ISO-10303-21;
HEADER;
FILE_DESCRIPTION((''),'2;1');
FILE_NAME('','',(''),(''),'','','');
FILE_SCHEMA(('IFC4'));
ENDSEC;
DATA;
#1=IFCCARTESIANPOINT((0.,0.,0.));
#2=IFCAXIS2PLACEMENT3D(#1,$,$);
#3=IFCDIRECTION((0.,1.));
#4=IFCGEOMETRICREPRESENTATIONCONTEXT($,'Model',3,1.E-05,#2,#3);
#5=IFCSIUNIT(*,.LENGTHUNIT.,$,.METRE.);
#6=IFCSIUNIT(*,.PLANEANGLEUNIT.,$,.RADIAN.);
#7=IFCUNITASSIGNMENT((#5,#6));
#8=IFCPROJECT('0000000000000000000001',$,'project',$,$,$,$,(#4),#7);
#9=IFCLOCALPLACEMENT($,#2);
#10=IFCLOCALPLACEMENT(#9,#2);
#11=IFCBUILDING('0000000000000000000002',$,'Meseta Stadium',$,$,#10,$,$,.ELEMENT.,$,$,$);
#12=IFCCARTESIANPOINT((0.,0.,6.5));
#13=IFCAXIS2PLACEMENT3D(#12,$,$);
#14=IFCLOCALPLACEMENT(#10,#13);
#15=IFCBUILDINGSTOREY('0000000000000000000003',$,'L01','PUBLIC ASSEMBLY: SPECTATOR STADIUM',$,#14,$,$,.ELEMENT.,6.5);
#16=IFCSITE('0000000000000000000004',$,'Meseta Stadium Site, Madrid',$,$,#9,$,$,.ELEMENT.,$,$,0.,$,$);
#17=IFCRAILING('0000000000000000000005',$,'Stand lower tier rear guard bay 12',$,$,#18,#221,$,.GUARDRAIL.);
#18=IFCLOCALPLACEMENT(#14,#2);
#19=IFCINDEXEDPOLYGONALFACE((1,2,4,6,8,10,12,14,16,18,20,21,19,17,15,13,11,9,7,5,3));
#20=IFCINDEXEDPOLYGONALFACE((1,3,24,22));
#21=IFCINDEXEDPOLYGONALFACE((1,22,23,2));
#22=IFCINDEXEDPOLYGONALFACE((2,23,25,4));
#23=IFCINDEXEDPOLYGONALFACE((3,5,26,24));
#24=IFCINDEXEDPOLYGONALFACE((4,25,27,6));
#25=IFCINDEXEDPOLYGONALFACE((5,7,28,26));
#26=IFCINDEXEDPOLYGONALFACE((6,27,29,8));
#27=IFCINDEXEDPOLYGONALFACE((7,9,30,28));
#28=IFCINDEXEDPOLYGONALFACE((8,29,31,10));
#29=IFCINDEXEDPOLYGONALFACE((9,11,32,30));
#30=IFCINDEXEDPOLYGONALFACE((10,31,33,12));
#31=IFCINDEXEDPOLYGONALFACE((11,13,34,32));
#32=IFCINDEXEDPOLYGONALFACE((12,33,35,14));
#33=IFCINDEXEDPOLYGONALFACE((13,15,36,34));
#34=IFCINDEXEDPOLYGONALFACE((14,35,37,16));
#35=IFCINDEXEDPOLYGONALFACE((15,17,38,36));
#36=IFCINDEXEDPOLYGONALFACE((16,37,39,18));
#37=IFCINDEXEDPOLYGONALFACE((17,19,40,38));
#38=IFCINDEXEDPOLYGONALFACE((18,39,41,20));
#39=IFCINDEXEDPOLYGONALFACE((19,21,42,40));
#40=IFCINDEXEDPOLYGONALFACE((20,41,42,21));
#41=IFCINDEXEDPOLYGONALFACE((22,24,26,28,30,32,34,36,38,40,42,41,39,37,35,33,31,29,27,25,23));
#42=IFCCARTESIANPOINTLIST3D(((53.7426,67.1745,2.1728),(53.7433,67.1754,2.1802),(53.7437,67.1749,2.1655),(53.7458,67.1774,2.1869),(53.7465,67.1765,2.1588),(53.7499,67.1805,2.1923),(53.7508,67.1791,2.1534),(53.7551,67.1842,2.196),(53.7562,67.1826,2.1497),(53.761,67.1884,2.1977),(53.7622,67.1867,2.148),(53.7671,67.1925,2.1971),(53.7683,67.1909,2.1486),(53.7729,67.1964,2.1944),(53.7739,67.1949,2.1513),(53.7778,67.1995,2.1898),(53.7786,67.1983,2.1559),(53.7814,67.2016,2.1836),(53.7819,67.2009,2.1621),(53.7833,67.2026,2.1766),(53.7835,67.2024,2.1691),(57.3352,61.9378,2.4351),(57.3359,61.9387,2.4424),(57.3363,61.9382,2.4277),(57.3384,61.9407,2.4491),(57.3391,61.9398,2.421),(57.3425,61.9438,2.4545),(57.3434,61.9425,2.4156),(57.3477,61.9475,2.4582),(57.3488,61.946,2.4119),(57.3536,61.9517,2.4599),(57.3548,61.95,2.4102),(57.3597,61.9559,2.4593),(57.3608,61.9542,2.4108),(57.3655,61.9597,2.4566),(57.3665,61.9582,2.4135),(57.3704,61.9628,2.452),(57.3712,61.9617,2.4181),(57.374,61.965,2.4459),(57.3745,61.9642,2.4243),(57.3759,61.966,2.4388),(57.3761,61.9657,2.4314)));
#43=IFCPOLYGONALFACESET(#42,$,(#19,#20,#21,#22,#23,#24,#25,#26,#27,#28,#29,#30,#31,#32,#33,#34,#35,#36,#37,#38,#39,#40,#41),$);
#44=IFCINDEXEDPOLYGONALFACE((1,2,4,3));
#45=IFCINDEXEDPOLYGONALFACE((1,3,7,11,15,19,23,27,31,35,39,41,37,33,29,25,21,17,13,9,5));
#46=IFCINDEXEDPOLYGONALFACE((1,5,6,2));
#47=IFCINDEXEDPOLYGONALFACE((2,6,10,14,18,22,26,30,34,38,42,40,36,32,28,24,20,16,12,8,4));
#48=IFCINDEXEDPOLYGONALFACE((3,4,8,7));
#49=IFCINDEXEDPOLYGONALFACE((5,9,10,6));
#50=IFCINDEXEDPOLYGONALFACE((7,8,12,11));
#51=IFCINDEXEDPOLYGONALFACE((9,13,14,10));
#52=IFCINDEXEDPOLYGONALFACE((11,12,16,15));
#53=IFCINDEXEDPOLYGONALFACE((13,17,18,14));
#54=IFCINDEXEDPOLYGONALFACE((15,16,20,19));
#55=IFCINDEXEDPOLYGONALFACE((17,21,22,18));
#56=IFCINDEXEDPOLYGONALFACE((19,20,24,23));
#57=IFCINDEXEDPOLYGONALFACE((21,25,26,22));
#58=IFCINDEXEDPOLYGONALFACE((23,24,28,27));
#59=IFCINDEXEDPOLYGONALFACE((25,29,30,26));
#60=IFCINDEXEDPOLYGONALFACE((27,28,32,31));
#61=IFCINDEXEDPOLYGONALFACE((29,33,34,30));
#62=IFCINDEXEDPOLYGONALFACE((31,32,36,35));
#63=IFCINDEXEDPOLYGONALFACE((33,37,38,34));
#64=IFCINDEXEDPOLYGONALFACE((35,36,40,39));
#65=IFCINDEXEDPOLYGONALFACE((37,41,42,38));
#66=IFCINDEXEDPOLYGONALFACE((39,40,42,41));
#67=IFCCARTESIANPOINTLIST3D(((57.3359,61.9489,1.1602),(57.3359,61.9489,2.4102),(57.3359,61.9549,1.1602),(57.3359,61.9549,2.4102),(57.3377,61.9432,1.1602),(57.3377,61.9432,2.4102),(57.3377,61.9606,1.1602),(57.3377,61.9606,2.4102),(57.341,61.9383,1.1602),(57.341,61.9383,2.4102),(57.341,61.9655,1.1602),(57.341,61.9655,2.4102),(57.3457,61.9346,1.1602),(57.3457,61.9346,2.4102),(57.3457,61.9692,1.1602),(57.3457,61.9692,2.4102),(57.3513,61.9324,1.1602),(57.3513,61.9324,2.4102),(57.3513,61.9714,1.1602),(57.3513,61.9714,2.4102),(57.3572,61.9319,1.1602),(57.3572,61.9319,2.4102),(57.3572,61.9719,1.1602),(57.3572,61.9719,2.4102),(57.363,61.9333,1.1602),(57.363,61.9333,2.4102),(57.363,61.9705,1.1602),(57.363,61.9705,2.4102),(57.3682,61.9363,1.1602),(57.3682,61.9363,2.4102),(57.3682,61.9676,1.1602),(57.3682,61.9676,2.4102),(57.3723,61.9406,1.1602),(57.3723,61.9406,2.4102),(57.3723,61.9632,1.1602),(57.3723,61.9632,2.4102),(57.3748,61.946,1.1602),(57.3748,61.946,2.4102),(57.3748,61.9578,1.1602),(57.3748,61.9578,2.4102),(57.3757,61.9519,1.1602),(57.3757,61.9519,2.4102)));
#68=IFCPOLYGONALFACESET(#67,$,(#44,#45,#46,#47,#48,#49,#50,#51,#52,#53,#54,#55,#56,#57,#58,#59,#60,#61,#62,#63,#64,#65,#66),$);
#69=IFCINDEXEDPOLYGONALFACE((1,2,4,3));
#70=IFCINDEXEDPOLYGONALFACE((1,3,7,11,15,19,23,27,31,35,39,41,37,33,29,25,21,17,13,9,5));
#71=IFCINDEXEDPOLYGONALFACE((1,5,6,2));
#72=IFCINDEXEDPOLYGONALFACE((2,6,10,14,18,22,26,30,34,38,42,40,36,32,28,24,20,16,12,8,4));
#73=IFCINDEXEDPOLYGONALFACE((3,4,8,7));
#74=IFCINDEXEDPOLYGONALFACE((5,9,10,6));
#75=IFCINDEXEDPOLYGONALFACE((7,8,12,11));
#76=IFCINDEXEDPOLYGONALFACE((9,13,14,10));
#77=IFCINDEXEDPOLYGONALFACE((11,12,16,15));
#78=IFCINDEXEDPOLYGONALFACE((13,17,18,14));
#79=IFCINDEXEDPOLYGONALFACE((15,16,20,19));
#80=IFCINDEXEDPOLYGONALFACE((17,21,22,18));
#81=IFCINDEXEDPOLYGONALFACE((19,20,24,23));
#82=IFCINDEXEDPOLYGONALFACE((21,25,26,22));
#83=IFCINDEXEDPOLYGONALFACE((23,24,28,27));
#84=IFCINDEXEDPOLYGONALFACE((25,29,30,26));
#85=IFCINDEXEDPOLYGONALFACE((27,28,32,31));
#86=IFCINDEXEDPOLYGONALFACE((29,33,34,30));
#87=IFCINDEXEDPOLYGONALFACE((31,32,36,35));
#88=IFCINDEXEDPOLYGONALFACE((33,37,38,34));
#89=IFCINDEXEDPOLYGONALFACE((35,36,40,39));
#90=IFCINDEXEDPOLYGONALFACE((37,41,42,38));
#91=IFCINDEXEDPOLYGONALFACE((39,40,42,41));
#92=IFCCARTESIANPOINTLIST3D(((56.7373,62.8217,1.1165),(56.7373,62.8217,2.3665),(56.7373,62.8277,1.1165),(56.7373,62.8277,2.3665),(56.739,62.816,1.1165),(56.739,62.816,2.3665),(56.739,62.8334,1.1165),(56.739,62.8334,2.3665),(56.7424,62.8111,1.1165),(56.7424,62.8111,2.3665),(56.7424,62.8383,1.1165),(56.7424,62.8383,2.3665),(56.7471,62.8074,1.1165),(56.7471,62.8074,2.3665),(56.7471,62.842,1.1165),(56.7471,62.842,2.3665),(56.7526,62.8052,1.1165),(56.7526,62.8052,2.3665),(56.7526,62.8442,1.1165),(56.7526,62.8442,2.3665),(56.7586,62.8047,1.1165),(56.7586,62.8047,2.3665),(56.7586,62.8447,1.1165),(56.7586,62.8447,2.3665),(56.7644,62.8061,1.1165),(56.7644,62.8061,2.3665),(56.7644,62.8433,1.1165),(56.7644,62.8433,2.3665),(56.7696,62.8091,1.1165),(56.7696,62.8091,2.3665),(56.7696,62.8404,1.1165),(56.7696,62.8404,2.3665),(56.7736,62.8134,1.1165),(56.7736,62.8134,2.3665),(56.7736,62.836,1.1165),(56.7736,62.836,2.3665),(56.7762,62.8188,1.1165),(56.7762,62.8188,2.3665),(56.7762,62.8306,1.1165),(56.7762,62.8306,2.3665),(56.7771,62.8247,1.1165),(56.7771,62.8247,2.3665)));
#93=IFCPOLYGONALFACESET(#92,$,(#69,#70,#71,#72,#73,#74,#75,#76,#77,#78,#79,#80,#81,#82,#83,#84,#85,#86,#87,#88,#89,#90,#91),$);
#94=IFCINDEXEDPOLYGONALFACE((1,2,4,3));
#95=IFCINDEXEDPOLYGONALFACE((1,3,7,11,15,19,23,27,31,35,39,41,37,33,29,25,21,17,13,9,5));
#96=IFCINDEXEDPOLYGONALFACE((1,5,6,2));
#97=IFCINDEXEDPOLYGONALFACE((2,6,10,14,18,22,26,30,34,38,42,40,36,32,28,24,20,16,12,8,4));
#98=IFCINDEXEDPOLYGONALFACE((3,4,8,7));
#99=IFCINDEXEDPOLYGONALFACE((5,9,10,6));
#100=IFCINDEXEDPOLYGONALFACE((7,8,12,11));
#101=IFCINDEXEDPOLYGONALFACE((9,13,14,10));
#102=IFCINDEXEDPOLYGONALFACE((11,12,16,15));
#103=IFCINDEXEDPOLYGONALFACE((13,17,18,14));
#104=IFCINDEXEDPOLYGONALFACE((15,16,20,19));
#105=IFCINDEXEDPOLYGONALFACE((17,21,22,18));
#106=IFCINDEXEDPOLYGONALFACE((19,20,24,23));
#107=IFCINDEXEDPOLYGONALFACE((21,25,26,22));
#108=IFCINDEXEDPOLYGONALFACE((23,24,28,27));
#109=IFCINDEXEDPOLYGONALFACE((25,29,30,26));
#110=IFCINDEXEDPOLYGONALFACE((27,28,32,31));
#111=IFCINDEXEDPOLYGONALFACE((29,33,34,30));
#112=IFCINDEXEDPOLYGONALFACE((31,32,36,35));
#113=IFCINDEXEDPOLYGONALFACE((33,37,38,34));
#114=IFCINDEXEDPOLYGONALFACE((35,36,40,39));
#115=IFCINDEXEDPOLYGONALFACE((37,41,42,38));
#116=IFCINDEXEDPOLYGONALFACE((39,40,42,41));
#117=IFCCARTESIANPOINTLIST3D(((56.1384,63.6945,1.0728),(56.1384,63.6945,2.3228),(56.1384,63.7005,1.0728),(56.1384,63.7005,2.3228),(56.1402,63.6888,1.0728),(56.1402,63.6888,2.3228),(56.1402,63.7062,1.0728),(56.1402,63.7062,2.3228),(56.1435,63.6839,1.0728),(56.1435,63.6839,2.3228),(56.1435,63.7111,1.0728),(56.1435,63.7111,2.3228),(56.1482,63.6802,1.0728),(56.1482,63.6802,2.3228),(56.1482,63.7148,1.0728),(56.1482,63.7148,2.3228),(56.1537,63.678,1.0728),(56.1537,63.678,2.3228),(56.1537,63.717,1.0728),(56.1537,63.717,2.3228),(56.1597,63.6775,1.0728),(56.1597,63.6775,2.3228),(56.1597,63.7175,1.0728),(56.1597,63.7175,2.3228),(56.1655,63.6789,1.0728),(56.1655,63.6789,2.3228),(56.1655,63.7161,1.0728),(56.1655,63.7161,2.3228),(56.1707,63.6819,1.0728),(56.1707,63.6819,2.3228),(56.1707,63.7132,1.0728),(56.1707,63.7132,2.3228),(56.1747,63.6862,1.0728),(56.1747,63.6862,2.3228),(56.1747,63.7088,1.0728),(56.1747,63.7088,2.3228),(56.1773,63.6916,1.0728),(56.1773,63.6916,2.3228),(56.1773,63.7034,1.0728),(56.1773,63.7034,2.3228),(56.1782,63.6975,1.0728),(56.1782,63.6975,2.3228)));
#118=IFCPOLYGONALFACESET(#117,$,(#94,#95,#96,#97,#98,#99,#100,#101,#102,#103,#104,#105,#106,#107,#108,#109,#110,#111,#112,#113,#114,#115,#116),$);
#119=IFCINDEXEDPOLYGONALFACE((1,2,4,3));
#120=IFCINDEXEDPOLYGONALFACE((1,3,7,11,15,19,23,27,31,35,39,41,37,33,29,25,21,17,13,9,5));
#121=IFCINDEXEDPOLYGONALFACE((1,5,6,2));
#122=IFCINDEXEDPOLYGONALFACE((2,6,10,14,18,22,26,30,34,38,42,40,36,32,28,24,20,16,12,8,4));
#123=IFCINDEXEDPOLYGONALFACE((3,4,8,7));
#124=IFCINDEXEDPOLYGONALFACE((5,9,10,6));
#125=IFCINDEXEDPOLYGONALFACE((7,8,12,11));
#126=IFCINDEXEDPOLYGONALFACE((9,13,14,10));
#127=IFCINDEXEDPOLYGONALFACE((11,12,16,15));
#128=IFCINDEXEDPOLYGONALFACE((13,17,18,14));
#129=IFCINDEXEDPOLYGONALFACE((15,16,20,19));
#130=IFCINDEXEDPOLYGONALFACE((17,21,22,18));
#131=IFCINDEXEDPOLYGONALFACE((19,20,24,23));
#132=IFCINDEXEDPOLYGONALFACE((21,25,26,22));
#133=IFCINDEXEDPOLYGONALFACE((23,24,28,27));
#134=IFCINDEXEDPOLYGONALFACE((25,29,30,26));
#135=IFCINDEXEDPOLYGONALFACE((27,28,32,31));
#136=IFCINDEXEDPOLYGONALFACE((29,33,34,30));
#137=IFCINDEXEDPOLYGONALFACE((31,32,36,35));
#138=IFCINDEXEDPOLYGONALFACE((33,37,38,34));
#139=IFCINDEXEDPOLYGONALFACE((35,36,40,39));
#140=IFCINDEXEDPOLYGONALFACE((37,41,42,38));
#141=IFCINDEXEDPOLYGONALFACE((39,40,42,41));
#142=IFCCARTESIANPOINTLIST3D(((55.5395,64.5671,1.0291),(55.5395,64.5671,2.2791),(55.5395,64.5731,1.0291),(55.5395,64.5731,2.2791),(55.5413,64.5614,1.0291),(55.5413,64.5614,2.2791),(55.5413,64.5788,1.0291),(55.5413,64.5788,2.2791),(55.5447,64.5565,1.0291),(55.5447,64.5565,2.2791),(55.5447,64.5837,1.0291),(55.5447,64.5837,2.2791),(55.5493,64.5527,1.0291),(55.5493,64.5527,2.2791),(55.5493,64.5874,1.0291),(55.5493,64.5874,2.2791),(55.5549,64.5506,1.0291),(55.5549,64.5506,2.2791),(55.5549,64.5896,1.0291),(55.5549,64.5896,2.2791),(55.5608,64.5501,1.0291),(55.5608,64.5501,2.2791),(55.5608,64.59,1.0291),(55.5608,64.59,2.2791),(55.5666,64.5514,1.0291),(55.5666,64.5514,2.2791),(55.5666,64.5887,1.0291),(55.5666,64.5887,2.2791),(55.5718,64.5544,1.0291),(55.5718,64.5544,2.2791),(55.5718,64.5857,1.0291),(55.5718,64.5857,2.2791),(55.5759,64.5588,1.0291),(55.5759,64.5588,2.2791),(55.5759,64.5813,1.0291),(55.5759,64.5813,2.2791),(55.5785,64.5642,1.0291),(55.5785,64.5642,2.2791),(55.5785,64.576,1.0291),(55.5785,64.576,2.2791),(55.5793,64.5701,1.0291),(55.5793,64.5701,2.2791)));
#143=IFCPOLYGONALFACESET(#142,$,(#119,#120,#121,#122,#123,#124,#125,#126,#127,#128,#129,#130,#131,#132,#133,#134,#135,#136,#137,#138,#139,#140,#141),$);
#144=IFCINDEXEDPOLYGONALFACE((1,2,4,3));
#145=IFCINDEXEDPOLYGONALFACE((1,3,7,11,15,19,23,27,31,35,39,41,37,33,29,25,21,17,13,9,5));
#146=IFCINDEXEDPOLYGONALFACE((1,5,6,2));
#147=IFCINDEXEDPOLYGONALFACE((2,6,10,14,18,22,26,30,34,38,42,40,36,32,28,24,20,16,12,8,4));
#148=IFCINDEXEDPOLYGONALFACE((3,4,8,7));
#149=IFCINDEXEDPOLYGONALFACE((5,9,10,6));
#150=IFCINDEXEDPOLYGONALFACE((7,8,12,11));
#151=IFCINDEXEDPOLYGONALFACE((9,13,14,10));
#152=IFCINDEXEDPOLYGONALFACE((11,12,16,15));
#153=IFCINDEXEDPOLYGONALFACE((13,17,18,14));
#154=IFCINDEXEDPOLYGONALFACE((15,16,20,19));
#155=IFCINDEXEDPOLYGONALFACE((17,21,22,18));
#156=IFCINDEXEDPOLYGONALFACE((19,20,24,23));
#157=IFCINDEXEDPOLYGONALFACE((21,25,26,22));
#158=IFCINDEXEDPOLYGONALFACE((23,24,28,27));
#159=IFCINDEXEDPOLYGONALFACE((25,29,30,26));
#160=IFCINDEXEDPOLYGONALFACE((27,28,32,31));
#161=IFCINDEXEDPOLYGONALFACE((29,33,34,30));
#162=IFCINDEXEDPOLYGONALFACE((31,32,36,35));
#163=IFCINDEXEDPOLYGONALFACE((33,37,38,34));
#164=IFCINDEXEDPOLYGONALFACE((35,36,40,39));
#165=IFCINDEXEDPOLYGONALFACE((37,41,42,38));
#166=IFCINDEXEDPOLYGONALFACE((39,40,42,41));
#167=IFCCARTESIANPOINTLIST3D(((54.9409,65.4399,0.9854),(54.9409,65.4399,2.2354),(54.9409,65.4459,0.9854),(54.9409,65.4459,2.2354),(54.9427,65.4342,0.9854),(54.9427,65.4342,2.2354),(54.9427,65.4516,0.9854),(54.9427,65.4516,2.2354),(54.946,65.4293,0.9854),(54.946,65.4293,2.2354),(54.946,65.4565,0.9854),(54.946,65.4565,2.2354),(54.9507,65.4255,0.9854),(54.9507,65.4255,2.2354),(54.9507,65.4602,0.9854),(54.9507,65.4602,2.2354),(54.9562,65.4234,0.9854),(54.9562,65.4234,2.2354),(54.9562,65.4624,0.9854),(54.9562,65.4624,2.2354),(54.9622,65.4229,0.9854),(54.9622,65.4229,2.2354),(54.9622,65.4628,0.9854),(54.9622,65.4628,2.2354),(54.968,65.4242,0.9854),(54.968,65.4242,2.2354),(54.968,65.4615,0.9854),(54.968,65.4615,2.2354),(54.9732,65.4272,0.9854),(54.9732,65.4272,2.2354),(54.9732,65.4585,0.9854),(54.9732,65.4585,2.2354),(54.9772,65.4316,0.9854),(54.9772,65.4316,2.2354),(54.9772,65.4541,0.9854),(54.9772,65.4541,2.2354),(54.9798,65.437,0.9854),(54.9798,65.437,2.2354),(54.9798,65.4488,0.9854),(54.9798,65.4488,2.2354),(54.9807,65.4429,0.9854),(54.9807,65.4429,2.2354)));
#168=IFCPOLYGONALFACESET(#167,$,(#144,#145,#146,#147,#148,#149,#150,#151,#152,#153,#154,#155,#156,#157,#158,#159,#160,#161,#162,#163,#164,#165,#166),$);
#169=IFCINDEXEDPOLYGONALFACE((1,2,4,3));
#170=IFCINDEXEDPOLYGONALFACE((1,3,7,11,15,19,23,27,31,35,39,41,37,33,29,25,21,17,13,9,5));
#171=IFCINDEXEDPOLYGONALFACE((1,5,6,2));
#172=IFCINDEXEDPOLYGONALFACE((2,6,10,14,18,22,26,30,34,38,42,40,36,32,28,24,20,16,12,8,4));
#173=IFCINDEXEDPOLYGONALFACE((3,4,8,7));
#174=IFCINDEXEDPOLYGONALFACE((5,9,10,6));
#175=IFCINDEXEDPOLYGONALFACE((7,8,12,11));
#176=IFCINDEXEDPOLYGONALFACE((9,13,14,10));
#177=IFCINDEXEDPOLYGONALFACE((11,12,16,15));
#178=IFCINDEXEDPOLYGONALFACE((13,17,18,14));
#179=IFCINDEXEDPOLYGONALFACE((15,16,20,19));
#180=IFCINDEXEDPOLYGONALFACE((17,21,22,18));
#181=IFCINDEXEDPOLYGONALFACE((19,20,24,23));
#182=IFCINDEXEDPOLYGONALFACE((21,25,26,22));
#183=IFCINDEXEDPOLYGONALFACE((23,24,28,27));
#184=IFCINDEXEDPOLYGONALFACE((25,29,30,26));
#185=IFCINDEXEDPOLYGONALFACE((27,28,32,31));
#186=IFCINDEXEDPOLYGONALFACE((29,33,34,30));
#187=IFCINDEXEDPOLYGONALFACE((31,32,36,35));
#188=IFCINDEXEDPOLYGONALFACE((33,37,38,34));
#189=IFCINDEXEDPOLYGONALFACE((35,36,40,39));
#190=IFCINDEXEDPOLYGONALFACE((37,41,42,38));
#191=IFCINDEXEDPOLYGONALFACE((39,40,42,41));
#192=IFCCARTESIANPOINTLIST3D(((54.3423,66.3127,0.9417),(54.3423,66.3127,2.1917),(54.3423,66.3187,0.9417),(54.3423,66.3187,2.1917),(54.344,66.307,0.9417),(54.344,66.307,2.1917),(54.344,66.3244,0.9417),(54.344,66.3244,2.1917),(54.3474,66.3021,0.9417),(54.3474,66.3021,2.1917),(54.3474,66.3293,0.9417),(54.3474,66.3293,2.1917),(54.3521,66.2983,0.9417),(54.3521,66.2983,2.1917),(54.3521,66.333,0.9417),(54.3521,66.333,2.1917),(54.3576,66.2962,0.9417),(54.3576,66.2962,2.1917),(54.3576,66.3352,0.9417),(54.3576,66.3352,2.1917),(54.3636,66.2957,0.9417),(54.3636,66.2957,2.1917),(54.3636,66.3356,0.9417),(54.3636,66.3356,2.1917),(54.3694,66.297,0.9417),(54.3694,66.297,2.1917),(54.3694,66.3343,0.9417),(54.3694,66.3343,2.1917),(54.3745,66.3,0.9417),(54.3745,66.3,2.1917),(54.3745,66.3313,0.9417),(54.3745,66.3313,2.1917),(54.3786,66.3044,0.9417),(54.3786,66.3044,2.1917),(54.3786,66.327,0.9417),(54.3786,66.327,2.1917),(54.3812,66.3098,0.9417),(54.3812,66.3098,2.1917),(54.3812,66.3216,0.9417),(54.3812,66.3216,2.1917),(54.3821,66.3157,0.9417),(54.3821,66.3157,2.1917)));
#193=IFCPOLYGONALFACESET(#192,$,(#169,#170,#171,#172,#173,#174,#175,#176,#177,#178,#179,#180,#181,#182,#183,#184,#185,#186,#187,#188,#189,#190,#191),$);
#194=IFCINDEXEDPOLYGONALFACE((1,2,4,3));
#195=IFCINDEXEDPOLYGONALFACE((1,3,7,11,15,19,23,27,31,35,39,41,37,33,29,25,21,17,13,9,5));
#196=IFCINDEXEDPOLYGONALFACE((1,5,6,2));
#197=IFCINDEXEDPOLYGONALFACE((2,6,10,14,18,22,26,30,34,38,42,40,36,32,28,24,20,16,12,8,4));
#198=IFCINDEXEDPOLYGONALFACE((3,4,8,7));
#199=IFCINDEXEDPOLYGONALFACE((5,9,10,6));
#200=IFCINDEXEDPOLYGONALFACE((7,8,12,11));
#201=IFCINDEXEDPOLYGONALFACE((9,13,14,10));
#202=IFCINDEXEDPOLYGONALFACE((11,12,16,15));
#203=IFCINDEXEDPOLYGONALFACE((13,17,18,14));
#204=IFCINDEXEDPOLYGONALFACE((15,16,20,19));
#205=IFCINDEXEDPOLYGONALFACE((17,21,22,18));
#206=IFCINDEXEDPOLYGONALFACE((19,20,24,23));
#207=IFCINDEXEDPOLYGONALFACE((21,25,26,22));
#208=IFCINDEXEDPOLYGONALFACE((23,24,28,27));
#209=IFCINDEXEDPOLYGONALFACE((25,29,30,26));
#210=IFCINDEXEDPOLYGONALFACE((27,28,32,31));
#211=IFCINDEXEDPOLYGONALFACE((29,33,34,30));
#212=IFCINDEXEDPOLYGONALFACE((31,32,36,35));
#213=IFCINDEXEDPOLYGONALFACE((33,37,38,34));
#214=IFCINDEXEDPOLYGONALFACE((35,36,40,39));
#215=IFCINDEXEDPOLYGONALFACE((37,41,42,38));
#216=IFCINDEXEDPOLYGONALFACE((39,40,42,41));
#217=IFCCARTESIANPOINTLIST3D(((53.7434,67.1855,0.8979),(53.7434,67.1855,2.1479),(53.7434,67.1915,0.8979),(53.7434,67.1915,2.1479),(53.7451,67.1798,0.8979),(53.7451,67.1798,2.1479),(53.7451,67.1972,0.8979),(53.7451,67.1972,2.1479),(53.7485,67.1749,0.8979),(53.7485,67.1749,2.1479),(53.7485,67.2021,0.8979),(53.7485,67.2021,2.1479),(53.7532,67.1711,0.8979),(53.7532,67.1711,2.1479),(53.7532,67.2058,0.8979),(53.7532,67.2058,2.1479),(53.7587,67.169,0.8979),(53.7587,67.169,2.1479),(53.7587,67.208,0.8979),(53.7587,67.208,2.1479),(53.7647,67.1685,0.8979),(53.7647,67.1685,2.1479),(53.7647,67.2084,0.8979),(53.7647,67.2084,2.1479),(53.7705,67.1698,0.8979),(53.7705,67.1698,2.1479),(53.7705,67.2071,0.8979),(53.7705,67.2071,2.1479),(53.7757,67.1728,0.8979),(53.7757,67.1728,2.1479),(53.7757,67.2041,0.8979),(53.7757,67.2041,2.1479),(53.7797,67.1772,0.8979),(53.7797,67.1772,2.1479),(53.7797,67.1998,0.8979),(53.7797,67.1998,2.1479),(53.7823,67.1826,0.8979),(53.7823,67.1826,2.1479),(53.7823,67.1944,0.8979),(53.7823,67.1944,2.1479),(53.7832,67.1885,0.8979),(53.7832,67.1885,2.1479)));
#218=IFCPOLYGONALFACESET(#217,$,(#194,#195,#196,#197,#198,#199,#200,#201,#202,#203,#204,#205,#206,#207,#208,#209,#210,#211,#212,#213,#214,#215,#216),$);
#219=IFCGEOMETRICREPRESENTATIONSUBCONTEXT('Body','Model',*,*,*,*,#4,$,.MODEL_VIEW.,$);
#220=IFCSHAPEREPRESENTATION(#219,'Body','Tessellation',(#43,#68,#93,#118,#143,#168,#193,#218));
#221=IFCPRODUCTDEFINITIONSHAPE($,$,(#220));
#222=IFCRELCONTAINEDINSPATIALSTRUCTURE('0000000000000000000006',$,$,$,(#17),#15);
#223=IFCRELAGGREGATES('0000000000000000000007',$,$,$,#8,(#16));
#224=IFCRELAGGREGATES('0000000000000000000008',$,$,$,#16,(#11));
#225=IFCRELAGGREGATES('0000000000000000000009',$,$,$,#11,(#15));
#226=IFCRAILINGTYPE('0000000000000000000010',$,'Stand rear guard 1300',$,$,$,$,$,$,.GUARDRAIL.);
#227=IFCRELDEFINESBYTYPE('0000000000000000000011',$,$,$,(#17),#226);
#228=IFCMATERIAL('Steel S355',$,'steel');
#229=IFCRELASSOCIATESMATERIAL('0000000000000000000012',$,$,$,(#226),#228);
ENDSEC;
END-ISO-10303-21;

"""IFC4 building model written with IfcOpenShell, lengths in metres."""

from ifc_helpers import new_model, si_unit, direction, frame, origin, origin_2d, place, context, subcontext, project, spatial, circle, extrude, material, type_object, element, save


model = new_model("IFC4")

# Units and contexts
model_context = context("Model", 3, precision=1e-05, world=origin(), true_north=direction((0.0, 1.0)))
body_context = subcontext(model_context, "Body", "Model", "MODEL_VIEW")
ifc_project = project(units=[si_unit("LENGTHUNIT", "METRE"), si_unit("PLANEANGLEUNIT", "RADIAN")], contexts=[model_context])

# Site, building, storey
site_placement = place(None, origin())
site = spatial("IfcSite", under=ifc_project, at=site_placement, Name="Meseta Stadium Site, Madrid", CompositionType="ELEMENT", RefElevation=0.0)
building_placement = place(site_placement, origin())
building = spatial("IfcBuilding", under=site, at=building_placement, Name="Meseta Stadium", CompositionType="ELEMENT")
storey_placement = place(building_placement, frame((0.0, 0.0, 6.5)))
storey = spatial("IfcBuildingStorey", under=building, at=storey_placement, Name="L01", Description="PUBLIC ASSEMBLY: SPECTATOR STADIUM", CompositionType="ELEMENT", Elevation=6.5)

# Railing
ifc_material_1 = material(Name="Steel S355", Category="steel")
railing_type = type_object("IfcRailingType", Name="Stand rear guard 1300", PredefinedType="GUARDRAIL", material=ifc_material_1)
railing_placement = place(storey_placement, frame((57.3557, 61.9519, 1.1602)))
element("IfcRailing", 1, at=railing_placement, inside=storey, type_object=railing_type, Name="Stand lower tier rear guard bay 12", PredefinedType="GUARDRAIL", context=body_context, shape_type="SweptSolid", body=[
    extrude(circle(Radius=0.0249, at=origin_2d()), frame((0.0, 0.0, 1.2749), z_axis=(-0.565233, 0.823899, -0.041255), x_axis=(-0.824601, -0.565714, 0.0)), (0.0, 0.0, 1.0), 6.356),
    extrude(circle(Radius=0.02, at=origin_2d()), origin(), (0.0, 0.0, 1.0), 1.25),
    extrude(circle(Radius=0.02, at=origin_2d()), frame((-0.5986, 0.8728, -0.0437)), (0.0, 0.0, 1.0), 1.25),
    extrude(circle(Radius=0.02, at=origin_2d()), frame((-1.1975, 1.7456, -0.0874)), (0.0, 0.0, 1.0), 1.25),
    extrude(circle(Radius=0.02, at=origin_2d()), frame((-1.7964, 2.6182, -0.1311)), (0.0, 0.0, 1.0), 1.25),
    extrude(circle(Radius=0.02, at=origin_2d()), frame((-2.395, 3.491, -0.1748)), (0.0, 0.0, 1.0), 1.25),
    extrude(circle(Radius=0.02, at=origin_2d()), frame((-2.9937, 4.3638, -0.2185)), (0.0, 0.0, 1.0), 1.25),
    extrude(circle(Radius=0.02, at=origin_2d()), frame((-3.5925, 5.2366, -0.2622)), (0.0, 0.0, 1.0), 1.25),
])

save(model, "model.ifc")
